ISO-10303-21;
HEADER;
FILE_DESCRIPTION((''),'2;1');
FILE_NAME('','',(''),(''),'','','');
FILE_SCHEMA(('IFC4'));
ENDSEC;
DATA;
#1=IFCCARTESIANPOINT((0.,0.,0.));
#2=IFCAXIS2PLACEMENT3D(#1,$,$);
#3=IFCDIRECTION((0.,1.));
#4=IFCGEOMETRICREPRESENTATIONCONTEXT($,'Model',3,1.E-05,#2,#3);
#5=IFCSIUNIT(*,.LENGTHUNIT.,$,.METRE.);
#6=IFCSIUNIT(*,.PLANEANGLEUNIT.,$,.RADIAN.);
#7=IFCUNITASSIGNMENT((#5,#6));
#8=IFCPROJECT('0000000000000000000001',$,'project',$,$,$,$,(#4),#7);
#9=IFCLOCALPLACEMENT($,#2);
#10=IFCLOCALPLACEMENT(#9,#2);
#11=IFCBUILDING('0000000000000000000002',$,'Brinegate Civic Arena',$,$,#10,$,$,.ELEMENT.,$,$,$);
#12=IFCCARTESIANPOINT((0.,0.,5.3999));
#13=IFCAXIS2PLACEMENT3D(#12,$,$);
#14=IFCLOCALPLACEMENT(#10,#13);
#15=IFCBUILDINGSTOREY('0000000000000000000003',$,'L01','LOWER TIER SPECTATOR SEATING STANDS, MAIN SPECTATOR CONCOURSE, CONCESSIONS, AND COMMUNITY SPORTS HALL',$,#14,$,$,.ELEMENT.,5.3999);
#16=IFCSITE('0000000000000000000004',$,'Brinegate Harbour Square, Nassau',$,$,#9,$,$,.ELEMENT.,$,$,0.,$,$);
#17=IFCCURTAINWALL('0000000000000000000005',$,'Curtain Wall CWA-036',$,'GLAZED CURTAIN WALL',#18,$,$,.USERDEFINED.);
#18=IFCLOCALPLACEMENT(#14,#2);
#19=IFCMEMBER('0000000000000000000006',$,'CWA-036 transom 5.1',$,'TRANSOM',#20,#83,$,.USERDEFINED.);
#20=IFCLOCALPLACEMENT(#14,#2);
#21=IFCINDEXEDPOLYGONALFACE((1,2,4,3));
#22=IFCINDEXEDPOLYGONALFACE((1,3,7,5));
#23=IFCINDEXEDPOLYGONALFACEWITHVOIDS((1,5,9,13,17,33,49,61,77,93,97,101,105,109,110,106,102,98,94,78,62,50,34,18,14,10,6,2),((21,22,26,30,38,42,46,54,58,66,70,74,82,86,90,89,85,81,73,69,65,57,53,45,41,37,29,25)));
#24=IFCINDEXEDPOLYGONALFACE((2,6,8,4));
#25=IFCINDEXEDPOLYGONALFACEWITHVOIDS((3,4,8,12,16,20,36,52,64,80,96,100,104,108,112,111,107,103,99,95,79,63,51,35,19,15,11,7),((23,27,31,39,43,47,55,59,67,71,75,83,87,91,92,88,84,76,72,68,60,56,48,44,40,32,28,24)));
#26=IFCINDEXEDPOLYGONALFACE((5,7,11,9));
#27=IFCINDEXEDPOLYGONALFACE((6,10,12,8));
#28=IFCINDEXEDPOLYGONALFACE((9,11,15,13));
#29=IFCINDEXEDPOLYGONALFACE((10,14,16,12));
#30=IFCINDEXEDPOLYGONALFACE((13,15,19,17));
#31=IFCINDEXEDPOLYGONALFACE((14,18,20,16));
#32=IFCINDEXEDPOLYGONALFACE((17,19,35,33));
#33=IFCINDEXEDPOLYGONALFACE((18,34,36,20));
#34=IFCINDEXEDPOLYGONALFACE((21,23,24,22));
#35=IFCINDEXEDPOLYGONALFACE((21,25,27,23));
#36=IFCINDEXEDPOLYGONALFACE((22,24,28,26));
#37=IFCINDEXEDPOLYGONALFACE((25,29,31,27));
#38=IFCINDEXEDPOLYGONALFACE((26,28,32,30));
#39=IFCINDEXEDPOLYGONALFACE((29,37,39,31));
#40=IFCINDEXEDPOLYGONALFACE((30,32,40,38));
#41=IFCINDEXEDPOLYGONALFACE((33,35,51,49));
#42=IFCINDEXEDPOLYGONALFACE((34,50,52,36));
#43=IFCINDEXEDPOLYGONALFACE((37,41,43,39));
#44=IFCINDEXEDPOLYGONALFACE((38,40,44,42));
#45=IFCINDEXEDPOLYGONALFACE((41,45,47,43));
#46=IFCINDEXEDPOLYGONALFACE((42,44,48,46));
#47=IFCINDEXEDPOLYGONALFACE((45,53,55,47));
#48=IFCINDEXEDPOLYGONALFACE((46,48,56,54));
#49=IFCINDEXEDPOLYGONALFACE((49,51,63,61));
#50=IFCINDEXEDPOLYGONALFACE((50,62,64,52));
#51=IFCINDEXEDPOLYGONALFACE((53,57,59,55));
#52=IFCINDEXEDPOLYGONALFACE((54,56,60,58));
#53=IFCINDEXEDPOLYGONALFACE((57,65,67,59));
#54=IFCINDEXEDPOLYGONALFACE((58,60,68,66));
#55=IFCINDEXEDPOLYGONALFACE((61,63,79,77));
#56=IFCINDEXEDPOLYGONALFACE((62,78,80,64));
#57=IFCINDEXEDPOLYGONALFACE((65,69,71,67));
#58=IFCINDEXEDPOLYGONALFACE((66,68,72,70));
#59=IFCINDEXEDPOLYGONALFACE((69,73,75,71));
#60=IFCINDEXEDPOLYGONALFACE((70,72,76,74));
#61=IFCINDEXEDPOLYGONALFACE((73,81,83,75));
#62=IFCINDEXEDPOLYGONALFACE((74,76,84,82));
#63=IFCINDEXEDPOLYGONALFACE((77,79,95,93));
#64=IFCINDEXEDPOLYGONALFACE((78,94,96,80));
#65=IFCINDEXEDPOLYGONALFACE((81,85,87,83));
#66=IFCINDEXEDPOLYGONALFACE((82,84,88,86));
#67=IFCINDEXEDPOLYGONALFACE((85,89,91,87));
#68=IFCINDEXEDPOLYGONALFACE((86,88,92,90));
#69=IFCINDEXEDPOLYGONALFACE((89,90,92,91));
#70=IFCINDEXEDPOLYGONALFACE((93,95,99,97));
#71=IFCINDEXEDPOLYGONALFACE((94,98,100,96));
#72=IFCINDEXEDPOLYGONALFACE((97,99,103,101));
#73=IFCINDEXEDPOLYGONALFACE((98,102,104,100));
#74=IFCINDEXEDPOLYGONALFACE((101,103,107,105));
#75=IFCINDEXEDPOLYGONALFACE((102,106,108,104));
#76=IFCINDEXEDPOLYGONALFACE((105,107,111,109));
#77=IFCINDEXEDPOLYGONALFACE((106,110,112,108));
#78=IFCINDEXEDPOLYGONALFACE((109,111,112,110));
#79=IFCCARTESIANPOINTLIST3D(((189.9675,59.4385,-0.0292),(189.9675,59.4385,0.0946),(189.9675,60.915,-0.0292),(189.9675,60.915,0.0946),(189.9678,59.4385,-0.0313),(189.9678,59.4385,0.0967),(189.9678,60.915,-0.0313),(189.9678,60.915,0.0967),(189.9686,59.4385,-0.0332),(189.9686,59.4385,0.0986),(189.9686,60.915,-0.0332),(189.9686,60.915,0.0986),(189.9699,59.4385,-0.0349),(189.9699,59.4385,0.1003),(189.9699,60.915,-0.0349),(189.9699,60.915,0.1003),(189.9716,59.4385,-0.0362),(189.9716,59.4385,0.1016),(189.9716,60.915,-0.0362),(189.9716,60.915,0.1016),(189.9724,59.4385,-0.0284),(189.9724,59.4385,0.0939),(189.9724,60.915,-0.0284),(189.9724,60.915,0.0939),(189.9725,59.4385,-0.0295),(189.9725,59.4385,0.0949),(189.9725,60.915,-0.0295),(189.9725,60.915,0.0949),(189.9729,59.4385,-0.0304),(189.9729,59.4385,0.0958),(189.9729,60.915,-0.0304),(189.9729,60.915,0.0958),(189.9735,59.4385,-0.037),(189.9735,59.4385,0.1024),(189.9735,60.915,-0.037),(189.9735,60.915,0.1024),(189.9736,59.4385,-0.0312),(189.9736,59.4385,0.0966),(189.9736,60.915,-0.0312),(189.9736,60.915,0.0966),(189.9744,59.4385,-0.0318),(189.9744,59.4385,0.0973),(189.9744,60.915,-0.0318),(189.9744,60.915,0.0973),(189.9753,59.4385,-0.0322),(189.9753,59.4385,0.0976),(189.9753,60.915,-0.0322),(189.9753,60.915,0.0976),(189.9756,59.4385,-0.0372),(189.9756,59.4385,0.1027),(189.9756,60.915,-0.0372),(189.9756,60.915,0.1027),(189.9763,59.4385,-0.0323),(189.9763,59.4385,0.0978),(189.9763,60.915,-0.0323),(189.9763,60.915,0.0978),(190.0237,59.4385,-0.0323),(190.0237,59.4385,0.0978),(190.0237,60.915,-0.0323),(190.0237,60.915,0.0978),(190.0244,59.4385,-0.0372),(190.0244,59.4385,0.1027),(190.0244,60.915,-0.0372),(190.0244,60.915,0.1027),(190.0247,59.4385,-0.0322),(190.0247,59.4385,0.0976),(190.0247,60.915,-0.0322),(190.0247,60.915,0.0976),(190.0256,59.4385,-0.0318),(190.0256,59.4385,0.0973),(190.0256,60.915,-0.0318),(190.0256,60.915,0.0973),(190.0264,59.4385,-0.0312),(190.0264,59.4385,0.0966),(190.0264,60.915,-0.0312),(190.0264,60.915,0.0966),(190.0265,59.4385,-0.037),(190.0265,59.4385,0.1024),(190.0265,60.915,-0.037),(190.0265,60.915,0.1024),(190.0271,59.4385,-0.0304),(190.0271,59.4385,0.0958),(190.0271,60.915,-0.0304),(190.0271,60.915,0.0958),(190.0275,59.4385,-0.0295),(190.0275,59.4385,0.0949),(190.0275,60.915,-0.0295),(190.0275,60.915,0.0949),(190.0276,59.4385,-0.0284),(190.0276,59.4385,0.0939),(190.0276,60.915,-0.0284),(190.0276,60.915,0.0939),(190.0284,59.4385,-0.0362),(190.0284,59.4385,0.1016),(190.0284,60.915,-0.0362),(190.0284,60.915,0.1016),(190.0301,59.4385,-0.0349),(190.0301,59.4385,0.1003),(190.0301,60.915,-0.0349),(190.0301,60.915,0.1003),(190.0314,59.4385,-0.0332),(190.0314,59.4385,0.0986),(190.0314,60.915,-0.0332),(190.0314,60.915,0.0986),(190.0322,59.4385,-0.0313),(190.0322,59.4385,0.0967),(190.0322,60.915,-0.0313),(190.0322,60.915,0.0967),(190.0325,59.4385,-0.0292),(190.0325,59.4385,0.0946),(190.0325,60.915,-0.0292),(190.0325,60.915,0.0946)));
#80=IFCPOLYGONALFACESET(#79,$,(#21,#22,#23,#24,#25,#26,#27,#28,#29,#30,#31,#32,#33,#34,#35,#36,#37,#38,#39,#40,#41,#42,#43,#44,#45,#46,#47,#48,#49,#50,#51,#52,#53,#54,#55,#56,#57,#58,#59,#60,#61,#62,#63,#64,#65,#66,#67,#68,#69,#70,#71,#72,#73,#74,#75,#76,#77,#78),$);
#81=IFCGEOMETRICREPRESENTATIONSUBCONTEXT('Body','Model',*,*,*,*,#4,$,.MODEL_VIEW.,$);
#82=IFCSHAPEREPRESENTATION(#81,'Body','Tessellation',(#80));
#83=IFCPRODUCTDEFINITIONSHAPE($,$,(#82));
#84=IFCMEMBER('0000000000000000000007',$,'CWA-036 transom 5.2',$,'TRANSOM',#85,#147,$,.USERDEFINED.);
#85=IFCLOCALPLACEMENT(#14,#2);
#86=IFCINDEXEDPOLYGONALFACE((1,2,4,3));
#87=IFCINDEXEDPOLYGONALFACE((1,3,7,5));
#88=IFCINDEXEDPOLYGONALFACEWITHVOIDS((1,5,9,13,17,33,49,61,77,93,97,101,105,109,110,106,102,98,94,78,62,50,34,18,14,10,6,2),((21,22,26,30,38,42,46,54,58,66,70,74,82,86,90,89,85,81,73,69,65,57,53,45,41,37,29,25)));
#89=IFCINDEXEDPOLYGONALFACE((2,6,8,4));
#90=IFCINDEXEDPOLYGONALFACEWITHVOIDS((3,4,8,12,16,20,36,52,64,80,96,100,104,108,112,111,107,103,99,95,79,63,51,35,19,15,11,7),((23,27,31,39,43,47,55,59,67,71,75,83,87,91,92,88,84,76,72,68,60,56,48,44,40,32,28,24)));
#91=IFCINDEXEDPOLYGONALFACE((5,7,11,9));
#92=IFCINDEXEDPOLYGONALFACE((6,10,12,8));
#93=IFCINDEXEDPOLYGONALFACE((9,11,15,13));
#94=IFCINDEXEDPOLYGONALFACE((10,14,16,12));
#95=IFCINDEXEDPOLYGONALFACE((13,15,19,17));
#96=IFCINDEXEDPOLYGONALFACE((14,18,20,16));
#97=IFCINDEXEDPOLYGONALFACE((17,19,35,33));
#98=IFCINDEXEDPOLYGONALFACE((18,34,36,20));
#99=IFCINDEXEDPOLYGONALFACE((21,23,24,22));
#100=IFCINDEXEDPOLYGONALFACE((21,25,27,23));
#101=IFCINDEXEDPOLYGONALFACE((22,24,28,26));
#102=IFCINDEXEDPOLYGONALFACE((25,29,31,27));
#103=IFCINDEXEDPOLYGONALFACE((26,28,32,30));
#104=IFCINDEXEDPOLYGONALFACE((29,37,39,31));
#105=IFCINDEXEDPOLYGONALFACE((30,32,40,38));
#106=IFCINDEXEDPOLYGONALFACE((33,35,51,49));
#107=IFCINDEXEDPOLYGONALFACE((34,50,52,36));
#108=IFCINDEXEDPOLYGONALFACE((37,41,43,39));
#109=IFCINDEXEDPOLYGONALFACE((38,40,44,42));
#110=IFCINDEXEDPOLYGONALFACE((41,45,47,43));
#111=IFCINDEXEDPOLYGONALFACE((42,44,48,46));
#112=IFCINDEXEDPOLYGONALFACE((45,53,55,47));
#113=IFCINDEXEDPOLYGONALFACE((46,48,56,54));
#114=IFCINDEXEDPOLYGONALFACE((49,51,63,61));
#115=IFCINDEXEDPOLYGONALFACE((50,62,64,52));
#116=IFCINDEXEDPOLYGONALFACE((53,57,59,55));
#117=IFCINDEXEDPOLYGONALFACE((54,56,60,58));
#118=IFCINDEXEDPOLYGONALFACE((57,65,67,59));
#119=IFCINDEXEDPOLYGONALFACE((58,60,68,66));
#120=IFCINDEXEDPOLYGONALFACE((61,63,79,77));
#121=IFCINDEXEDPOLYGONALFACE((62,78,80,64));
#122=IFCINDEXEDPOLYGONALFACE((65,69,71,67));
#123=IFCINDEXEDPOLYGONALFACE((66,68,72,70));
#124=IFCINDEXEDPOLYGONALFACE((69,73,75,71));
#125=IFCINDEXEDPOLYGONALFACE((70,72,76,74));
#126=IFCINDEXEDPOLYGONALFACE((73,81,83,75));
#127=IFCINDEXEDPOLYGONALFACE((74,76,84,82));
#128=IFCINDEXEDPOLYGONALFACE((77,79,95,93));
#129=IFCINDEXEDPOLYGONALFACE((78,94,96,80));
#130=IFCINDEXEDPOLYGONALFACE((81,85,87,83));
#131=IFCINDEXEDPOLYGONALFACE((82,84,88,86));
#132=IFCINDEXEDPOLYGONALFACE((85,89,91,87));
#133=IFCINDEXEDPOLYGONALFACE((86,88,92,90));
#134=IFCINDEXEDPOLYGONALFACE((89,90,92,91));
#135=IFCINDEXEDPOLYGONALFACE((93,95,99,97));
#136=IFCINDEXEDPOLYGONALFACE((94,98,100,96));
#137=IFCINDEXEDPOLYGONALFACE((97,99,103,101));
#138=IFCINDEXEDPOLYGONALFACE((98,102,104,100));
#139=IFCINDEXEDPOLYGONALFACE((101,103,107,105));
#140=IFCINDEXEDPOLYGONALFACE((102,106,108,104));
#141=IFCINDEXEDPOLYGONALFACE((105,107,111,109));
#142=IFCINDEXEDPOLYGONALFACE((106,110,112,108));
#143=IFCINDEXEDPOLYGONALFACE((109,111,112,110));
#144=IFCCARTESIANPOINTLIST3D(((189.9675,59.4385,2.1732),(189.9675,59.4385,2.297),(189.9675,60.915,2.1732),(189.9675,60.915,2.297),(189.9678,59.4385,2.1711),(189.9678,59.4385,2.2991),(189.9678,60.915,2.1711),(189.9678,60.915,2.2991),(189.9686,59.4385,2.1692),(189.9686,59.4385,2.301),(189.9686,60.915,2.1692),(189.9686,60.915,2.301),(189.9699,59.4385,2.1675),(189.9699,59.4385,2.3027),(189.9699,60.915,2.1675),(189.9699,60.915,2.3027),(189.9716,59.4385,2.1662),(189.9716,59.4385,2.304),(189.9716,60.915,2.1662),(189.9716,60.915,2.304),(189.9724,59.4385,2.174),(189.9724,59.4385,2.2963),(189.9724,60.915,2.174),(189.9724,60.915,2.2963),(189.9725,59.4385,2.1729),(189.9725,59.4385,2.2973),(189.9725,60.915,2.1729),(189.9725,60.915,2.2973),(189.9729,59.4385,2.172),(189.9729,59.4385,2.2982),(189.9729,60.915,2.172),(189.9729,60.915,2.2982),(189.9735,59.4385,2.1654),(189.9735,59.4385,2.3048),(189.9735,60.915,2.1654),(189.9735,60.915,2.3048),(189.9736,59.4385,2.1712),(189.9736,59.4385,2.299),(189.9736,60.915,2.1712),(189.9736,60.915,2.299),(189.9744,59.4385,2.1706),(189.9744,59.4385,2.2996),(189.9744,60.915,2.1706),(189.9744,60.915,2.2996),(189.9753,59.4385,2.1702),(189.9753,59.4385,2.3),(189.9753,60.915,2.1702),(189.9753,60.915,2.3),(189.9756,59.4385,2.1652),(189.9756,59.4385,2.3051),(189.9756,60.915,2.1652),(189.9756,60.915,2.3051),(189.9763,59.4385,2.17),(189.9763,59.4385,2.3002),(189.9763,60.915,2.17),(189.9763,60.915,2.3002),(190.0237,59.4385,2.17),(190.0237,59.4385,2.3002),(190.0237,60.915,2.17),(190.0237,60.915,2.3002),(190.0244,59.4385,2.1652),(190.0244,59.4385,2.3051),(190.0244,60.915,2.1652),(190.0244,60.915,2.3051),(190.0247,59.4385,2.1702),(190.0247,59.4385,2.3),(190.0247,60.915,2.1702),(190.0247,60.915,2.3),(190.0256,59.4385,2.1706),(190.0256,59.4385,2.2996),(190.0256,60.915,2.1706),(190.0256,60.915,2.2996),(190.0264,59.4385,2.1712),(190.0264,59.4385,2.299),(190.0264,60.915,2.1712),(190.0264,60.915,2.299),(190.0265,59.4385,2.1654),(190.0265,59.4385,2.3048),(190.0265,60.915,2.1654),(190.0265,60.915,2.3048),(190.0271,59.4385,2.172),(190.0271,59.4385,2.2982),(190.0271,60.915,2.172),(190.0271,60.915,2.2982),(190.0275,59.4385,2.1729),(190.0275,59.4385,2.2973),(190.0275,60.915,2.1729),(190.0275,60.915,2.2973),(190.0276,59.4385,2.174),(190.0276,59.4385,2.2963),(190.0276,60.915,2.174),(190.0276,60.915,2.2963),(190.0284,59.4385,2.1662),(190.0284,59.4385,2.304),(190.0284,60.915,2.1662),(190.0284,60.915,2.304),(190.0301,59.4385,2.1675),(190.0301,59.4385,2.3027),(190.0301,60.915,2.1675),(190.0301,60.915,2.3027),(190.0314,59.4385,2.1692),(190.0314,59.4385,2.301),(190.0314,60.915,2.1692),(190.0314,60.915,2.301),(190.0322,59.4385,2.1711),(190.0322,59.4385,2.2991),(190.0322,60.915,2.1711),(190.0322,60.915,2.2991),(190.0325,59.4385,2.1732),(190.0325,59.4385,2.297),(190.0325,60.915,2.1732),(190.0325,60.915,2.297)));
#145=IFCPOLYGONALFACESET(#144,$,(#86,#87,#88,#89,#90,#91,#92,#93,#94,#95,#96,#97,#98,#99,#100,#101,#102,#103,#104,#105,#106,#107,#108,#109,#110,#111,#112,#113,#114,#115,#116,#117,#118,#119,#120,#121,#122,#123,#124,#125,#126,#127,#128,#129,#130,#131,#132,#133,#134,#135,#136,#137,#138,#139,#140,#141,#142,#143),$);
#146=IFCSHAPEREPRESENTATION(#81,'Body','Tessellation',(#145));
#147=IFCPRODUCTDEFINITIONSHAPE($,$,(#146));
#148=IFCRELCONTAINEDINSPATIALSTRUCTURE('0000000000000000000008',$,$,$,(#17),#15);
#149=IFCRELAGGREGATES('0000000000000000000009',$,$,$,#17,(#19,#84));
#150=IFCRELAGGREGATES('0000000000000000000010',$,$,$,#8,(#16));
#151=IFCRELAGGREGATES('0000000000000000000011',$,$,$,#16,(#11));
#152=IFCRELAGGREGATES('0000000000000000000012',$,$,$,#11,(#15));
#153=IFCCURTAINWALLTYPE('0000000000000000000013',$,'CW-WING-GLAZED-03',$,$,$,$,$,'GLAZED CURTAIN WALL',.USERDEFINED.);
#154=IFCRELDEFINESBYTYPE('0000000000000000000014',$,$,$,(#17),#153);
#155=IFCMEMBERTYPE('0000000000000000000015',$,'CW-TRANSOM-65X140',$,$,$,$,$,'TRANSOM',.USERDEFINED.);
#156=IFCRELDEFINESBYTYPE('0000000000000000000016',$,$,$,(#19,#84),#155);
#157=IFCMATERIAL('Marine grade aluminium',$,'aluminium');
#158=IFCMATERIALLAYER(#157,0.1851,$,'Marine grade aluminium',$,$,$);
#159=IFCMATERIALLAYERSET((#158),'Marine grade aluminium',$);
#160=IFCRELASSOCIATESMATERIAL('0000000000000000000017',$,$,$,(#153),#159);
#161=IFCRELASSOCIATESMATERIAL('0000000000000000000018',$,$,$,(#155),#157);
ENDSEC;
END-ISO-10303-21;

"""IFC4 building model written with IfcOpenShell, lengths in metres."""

from ifc_helpers import new_model, si_unit, direction, frame, origin, origin_2d, place, context, subcontext, project, spatial, hollow_rectangle, extrude, material, layer, layer_set, material_profile, profile_set, type_object, element, aggregate, save


model = new_model("IFC4")

# Units and contexts
model_context = context("Model", 3, precision=1e-05, world=origin(), true_north=direction((0.0, 1.0)))
body_context = subcontext(model_context, "Body", "Model", "MODEL_VIEW")
ifc_project = project(units=[si_unit("LENGTHUNIT", "METRE"), si_unit("PLANEANGLEUNIT", "RADIAN")], contexts=[model_context])

# Site, building, storey
site_placement = place(None, origin())
site = spatial("IfcSite", under=ifc_project, at=site_placement, Name="Brinegate Harbour Square, Nassau", CompositionType="ELEMENT", RefElevation=0.0)
building_placement = place(site_placement, origin())
building = spatial("IfcBuilding", under=site, at=building_placement, Name="Brinegate Civic Arena", CompositionType="ELEMENT")
storey_placement = place(building_placement, frame((0.0, 0.0, 5.3999)))
storey = spatial("IfcBuildingStorey", under=building, at=storey_placement, Name="L01", Description="LOWER TIER SPECTATOR SEATING STANDS, MAIN SPECTATOR CONCOURSE, CONCESSIONS, AND COMMUNITY SPORTS HALL", CompositionType="ELEMENT", Elevation=5.3999)

# Curtain wall
ifc_material_1 = material(Name="Marine grade aluminium", Category="aluminium")
ifc_layer_1 = layer(ifc_material_1, 0.1851, Name="Marine grade aluminium")
ifc_layer_set_1 = layer_set([ifc_layer_1], Name="Marine grade aluminium")
curtain_wall_type = type_object("IfcCurtainWallType", Name="CW-WING-GLAZED-03", ElementType="GLAZED CURTAIN WALL", PredefinedType="USERDEFINED", material=ifc_layer_set_1)
curtain_wall_1_placement = place(storey_placement, origin())
curtain_wall_1 = element("IfcCurtainWall", 1, at=curtain_wall_1_placement, inside=storey, type_object=curtain_wall_type, Name="Curtain Wall CWA-036", ObjectType="GLAZED CURTAIN WALL", PredefinedType="USERDEFINED")

# Members
ifc_material_profile_1 = material_profile(ifc_material_1, hollow_rectangle(XDim=0.0649, YDim=0.1399, WallThickness=0.0049, InnerFilletRadius=0.0039, OuterFilletRadius=0.0081, at=origin_2d()), Name="TRN65X140")
ifc_profile_set_1 = profile_set([ifc_material_profile_1], Name="Marine grade aluminium")
member_type_1 = type_object("IfcMemberType", Name="CW-TRANSOM-65X140", ElementType="TRANSOM", PredefinedType="USERDEFINED", material=ifc_profile_set_1)
member_1_placement = place(storey_placement, frame((190.0, 59.4385, 0.0327), z_axis=(0.0, 1.0, 0.0), x_axis=(-1.0, 0.0, 0.0)))
member_1 = element("IfcMember", 2, at=member_1_placement, type_object=member_type_1, Name="CWA-036 transom 5.1", ObjectType="TRANSOM", PredefinedType="USERDEFINED", context=body_context, shape_type="SweptSolid", body=[
    extrude(hollow_rectangle(XDim=0.0649, YDim=0.1399, WallThickness=0.0049, InnerFilletRadius=0.0039, OuterFilletRadius=0.0081, at=origin_2d()), origin(), (0.0, 0.0, 1.0), 1.4766),
])
member_2_placement = place(storey_placement, frame((190.0, 59.4385, 2.2351), z_axis=(0.0, 1.0, 0.0), x_axis=(-1.0, 0.0, 0.0)))
member_2 = element("IfcMember", 3, at=member_2_placement, type_object=member_type_1, Name="CWA-036 transom 5.2", ObjectType="TRANSOM", PredefinedType="USERDEFINED", context=body_context, shape_type="SweptSolid", body=[
    extrude(hollow_rectangle(XDim=0.0649, YDim=0.1399, WallThickness=0.0049, InnerFilletRadius=0.0039, OuterFilletRadius=0.0081, at=origin_2d()), origin(), (0.0, 0.0, 1.0), 1.4766),
])

aggregate(curtain_wall_1, [member_1, member_2])

save(model, "model.ifc")
